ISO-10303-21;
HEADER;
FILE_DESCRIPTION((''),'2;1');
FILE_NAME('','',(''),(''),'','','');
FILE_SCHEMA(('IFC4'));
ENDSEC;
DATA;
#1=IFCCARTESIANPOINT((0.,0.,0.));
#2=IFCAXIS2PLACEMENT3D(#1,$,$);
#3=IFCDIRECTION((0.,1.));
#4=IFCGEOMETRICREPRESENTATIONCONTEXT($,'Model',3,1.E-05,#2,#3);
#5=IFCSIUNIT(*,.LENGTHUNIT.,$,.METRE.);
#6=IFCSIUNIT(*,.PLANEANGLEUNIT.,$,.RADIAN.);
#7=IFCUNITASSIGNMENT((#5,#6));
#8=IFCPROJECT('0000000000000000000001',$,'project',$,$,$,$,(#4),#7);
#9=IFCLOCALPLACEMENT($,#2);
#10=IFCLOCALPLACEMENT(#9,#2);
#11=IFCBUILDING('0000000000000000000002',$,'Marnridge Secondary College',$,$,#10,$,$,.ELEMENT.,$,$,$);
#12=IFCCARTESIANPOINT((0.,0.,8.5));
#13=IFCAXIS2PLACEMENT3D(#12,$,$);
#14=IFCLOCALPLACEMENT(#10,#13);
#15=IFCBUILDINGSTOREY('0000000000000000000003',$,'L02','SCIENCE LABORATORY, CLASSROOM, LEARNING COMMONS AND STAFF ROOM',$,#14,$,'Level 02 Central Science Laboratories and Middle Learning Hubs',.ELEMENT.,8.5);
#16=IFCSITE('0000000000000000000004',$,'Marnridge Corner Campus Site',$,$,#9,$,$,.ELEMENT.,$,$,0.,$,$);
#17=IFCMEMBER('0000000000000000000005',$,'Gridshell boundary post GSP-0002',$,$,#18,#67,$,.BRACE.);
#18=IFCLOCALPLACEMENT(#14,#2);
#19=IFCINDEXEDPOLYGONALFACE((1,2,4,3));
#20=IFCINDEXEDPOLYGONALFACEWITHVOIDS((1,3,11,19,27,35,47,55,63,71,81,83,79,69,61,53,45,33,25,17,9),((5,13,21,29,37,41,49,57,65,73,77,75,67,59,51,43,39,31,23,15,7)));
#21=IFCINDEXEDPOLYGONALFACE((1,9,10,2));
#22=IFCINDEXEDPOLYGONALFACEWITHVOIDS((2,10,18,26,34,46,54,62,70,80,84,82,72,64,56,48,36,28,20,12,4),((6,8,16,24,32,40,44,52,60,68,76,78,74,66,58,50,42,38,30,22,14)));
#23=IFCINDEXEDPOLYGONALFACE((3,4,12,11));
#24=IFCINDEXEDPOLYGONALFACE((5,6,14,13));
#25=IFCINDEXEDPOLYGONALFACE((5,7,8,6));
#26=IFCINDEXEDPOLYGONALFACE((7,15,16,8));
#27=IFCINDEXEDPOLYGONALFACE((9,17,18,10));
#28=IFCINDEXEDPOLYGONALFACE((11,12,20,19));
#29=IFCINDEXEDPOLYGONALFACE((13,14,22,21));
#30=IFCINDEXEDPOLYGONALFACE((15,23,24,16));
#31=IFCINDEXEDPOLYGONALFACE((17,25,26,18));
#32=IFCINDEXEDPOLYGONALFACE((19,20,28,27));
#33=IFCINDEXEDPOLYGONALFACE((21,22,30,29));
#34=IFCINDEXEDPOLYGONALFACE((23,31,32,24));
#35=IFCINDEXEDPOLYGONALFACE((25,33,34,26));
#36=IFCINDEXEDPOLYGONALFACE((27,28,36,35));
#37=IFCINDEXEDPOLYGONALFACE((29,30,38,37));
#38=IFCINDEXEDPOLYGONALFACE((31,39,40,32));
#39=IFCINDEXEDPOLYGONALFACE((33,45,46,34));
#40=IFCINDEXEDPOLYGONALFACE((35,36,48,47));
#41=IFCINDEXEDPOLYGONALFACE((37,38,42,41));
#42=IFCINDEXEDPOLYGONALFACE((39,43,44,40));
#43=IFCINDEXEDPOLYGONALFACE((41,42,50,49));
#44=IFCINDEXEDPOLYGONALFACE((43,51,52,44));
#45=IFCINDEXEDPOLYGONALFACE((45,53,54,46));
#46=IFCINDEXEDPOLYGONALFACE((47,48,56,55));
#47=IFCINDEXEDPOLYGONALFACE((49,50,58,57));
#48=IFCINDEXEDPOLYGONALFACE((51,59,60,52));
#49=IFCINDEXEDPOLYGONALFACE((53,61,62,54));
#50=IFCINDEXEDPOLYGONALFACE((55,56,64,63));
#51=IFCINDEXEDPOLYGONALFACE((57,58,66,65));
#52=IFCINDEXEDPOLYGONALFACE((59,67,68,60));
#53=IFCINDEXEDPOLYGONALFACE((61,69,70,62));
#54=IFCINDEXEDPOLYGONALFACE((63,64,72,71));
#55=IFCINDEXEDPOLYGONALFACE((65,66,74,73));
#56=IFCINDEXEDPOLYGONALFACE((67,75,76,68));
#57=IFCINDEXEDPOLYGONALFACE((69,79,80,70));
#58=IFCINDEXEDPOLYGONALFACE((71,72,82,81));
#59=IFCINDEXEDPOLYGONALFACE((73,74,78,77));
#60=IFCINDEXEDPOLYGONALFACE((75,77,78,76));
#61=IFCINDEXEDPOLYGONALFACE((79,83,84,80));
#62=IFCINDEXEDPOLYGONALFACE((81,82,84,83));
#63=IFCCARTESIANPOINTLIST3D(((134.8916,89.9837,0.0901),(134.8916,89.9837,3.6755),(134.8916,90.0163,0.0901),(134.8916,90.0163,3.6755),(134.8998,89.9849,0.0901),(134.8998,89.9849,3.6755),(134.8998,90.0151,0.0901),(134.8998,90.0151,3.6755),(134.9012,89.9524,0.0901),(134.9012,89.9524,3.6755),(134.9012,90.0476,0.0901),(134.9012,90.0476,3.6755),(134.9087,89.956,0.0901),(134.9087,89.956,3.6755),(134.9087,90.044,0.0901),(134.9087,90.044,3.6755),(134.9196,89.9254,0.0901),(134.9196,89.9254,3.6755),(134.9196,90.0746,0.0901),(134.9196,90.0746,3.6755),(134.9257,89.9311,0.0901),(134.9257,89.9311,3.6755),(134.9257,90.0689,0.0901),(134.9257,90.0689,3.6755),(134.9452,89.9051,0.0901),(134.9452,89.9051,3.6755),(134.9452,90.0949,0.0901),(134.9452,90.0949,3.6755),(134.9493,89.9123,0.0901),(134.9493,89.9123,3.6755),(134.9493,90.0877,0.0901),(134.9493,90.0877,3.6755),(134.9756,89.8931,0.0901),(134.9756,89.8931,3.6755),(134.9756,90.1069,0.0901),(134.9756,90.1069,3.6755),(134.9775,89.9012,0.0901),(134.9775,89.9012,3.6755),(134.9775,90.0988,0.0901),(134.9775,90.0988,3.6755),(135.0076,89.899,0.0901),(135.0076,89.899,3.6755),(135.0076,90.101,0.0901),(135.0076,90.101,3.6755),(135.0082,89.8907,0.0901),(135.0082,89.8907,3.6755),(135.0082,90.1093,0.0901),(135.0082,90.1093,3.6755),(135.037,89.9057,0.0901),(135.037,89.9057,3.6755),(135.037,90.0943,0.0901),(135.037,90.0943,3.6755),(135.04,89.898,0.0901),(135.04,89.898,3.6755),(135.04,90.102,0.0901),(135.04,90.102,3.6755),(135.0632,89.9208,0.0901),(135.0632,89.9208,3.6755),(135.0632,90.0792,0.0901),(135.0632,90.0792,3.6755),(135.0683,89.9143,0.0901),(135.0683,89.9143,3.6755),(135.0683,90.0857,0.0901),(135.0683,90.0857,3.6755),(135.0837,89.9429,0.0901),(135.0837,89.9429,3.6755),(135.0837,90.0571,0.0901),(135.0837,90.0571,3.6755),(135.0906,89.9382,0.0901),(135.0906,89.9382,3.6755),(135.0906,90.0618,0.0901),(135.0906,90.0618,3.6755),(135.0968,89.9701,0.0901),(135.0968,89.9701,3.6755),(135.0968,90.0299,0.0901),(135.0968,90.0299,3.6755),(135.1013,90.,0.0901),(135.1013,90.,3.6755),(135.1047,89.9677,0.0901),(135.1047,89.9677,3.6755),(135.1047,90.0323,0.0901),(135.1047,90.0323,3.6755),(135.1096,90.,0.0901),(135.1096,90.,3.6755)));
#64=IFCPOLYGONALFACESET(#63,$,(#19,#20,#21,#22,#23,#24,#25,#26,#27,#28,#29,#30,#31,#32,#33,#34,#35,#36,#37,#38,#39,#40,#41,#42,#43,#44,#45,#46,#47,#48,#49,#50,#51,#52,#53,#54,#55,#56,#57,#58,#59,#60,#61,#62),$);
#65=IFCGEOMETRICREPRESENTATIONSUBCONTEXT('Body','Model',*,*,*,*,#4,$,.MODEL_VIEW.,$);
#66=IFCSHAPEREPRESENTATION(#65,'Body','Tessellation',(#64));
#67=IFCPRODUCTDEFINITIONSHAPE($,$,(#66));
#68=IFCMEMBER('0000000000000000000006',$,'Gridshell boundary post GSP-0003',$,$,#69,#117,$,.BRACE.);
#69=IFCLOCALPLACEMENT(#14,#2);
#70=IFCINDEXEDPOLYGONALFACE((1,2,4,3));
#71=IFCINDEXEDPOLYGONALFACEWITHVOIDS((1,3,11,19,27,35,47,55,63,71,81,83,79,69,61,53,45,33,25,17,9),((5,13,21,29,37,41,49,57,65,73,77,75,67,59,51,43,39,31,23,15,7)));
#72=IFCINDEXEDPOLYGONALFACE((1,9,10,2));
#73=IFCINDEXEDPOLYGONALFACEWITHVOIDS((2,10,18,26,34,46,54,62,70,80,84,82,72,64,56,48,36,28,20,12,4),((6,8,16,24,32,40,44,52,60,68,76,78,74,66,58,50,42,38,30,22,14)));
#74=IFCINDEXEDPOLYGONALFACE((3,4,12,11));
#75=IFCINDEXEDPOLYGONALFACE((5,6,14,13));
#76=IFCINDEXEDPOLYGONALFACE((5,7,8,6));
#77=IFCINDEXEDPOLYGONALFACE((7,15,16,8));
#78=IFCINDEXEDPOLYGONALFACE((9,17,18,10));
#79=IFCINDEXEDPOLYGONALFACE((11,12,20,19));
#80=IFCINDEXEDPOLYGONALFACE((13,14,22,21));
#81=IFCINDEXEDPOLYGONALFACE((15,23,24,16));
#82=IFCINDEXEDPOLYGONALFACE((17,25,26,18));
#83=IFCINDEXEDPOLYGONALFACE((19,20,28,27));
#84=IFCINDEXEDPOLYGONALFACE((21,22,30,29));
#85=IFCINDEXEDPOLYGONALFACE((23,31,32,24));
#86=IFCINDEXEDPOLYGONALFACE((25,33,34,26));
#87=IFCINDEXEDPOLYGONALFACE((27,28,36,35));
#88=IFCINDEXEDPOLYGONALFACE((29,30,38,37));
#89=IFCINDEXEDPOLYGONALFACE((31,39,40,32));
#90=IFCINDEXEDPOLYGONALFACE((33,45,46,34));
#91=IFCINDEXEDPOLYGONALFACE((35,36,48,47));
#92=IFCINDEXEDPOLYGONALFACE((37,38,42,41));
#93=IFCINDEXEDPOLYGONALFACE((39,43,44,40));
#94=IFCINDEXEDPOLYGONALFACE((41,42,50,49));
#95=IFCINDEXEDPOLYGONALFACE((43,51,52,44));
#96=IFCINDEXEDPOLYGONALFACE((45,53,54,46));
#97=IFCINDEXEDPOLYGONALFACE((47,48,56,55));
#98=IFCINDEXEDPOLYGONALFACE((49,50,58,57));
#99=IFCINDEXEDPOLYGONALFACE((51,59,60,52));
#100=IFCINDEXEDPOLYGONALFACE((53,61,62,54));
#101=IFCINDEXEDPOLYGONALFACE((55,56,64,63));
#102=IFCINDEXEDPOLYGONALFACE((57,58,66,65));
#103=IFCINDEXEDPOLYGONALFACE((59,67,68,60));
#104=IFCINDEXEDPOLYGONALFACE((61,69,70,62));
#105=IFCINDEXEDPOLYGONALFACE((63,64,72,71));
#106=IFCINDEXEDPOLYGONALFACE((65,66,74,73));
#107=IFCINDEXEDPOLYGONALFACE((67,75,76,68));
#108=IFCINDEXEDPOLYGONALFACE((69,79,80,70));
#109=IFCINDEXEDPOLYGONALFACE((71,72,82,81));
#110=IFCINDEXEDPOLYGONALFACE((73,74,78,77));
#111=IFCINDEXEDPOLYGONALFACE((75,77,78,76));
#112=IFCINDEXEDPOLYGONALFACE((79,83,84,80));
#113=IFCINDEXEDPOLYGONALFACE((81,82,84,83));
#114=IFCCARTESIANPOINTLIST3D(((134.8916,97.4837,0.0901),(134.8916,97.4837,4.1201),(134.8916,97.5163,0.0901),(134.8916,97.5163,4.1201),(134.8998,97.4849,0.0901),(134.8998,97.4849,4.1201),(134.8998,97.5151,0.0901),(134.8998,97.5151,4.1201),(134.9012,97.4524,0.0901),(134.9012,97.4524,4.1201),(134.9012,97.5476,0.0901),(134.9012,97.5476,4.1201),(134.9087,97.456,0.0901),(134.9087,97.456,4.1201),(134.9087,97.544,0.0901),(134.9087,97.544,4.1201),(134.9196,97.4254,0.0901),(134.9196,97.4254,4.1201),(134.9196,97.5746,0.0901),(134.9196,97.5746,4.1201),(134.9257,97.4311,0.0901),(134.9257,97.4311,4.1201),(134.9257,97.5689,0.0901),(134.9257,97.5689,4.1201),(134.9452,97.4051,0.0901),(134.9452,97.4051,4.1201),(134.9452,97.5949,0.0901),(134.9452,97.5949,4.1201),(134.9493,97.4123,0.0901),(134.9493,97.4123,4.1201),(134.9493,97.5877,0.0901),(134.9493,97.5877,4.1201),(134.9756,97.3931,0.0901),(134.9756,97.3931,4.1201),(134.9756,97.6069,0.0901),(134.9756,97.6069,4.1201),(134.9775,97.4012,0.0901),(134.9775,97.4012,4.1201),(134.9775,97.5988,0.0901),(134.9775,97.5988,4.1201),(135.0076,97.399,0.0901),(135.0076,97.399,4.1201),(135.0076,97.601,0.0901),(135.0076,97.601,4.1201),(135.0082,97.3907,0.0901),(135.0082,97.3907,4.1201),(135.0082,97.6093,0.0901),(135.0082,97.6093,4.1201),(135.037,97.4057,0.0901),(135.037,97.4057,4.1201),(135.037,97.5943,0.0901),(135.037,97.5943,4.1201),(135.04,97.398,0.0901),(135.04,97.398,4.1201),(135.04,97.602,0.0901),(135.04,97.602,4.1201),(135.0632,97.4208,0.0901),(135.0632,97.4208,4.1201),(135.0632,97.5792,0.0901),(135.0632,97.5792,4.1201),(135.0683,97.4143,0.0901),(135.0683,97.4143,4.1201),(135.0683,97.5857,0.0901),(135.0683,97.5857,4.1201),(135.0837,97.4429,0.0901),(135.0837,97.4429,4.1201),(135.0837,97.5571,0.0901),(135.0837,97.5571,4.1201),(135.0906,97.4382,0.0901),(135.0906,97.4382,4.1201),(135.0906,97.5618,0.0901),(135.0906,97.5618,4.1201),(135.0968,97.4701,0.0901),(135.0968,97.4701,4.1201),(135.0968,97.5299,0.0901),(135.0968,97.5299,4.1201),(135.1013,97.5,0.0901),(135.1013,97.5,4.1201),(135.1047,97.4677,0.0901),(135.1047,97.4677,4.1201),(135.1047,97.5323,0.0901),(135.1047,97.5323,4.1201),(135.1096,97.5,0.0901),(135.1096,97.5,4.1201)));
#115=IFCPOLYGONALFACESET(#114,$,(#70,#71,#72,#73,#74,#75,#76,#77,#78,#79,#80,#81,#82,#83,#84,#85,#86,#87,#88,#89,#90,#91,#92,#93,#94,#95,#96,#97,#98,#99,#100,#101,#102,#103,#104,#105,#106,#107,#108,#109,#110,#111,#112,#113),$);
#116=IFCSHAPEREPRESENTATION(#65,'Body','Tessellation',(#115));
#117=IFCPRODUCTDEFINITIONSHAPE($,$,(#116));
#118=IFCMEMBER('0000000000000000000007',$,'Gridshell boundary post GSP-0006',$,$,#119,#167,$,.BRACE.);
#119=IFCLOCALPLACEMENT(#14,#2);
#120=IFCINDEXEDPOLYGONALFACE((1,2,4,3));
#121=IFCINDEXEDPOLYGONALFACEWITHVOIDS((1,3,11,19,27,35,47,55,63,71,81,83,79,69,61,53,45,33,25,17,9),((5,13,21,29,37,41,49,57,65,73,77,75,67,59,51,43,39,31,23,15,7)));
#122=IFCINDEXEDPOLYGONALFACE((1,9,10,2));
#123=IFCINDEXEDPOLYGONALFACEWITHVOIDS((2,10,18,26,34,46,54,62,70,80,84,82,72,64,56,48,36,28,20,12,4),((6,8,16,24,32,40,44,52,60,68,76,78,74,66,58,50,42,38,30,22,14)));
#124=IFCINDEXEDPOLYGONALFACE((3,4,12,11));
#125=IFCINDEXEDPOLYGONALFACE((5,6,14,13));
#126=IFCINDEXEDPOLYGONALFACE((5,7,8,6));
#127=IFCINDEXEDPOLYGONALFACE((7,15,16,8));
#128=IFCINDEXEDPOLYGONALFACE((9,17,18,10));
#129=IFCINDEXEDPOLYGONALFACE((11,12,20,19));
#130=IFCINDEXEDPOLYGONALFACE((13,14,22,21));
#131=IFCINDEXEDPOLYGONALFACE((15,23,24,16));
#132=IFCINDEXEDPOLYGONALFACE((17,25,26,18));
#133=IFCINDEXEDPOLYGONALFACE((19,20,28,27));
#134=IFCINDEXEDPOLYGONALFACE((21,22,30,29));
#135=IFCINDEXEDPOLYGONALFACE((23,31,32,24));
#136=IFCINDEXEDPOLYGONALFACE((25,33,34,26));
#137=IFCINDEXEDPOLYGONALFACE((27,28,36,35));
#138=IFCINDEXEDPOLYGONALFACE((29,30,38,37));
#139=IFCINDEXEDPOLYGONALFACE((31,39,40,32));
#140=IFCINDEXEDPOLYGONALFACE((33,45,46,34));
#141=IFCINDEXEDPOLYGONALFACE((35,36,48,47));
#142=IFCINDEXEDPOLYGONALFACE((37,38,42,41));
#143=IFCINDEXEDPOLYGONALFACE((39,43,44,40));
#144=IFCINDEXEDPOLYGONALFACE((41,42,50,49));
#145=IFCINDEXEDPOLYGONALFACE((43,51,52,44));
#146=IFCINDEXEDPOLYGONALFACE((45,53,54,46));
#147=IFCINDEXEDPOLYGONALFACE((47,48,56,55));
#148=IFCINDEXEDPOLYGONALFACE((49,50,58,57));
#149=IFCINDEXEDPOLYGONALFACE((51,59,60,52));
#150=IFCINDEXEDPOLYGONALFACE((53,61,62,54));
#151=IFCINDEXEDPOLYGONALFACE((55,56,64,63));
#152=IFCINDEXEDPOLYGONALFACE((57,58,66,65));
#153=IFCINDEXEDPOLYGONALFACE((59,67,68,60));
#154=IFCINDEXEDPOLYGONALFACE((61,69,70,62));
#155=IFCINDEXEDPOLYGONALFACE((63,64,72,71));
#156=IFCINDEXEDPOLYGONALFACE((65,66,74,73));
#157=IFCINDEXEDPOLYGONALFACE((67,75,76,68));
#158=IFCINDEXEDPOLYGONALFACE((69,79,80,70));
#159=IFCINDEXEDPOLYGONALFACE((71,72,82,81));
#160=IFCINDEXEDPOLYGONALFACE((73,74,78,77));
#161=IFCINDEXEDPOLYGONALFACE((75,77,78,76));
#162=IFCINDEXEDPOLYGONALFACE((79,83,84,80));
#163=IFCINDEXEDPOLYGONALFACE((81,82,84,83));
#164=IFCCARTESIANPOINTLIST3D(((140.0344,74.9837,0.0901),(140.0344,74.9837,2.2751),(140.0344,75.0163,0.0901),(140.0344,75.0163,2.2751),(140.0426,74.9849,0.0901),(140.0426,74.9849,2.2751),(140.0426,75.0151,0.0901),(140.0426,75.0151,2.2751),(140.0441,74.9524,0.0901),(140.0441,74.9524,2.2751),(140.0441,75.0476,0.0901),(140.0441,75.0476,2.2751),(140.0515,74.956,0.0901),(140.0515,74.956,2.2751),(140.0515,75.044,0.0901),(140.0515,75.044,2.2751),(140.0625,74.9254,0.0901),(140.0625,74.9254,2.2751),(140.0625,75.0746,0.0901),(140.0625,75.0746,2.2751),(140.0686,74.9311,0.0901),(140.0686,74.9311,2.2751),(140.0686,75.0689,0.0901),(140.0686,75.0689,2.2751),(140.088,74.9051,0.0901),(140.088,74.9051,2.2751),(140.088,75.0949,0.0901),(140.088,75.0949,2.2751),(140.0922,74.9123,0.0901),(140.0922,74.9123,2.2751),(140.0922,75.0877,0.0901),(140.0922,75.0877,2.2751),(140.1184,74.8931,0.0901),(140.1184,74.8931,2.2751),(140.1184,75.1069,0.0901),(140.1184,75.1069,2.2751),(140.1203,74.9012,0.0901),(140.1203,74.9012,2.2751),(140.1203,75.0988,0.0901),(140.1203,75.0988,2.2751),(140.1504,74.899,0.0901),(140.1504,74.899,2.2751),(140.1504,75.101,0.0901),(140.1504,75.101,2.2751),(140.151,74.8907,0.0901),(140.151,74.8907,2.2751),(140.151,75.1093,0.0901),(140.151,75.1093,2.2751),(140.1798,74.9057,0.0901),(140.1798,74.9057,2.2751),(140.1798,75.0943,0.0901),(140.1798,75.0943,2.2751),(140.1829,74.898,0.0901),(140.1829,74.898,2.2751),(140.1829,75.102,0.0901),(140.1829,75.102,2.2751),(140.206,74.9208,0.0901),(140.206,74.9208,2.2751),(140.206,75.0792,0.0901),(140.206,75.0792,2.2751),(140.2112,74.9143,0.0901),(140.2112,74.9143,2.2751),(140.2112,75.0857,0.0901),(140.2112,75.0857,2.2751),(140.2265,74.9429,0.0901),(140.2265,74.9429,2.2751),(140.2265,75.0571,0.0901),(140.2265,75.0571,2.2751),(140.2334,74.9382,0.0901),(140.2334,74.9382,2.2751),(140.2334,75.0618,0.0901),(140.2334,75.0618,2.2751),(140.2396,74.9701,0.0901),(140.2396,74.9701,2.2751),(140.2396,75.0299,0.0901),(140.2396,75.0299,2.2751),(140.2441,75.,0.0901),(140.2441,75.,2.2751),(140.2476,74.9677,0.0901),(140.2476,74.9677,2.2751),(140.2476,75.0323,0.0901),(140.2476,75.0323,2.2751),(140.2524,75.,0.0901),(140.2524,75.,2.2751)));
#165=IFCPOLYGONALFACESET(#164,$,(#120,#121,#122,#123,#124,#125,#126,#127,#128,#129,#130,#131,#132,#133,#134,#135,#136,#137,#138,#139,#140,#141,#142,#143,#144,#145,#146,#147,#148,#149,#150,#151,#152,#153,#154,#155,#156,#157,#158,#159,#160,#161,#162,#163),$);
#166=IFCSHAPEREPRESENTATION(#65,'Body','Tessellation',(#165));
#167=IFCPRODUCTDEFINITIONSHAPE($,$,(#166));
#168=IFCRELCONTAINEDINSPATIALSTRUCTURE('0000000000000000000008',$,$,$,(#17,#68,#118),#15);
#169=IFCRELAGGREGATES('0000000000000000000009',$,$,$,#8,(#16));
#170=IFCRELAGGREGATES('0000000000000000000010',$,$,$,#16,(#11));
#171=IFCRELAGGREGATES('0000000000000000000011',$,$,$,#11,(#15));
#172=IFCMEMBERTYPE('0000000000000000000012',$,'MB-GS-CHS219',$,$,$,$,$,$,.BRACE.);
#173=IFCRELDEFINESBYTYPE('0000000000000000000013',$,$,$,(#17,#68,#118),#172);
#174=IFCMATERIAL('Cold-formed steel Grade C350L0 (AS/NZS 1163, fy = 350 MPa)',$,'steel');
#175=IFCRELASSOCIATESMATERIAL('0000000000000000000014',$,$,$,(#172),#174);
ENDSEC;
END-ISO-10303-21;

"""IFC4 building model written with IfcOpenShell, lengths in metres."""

from ifc_helpers import new_model, si_unit, direction, frame, origin, origin_2d, place, context, subcontext, project, spatial, hollow_circle, extrude, material, material_profile, profile_set, type_object, element, save


model = new_model("IFC4")

# Units and contexts
model_context = context("Model", 3, precision=1e-05, world=origin(), true_north=direction((0.0, 1.0)))
body_context = subcontext(model_context, "Body", "Model", "MODEL_VIEW")
ifc_project = project(units=[si_unit("LENGTHUNIT", "METRE"), si_unit("PLANEANGLEUNIT", "RADIAN")], contexts=[model_context])

# Site, building, storey
site_placement = place(None, origin())
site = spatial("IfcSite", under=ifc_project, at=site_placement, Name="Marnridge Corner Campus Site", CompositionType="ELEMENT", RefElevation=0.0)
building_placement = place(site_placement, origin())
building = spatial("IfcBuilding", under=site, at=building_placement, Name="Marnridge Secondary College", CompositionType="ELEMENT")
storey_placement = place(building_placement, frame((0.0, 0.0, 8.5)))
storey = spatial("IfcBuildingStorey", under=building, at=storey_placement, Name="L02", Description="SCIENCE LABORATORY, CLASSROOM, LEARNING COMMONS AND STAFF ROOM", LongName="Level 02 Central Science Laboratories and Middle Learning Hubs", CompositionType="ELEMENT", Elevation=8.5)

# Members
ifc_material_1 = material(Name="Cold-formed steel Grade C350L0 (AS/NZS 1163, fy = 350 MPa)", Category="steel")
ifc_material_profile_1 = material_profile(ifc_material_1, hollow_circle(Radius=0.1096, WallThickness=0.0083, at=origin_2d()), Name="219.1x8.2CHS")
ifc_profile_set_1 = profile_set([ifc_material_profile_1], Name="Cold-formed steel Grade C350L0 (AS/NZS 1163, fy = 350 MPa)")
member_type_1 = type_object("IfcMemberType", Name="MB-GS-CHS219", PredefinedType="BRACE", material=ifc_profile_set_1)
member_1_placement = place(storey_placement, frame((135.0, 90.0, 0.0901), z_axis=(0.0, 0.0, 1.0), x_axis=(1.0, 0.0, 0.0)))
element("IfcMember", 1, at=member_1_placement, inside=storey, type_object=member_type_1, Name="Gridshell boundary post GSP-0002", PredefinedType="BRACE", context=body_context, shape_type="SweptSolid", body=[
    extrude(hollow_circle(Radius=0.1096, WallThickness=0.0083, at=origin_2d()), origin(), (0.0, 0.0, 1.0), 3.5854),
])
member_2_placement = place(storey_placement, frame((135.0, 97.5, 0.0901), z_axis=(0.0, 0.0, 1.0), x_axis=(1.0, 0.0, 0.0)))
element("IfcMember", 2, at=member_2_placement, inside=storey, type_object=member_type_1, Name="Gridshell boundary post GSP-0003", PredefinedType="BRACE", context=body_context, shape_type="SweptSolid", body=[
    extrude(hollow_circle(Radius=0.1096, WallThickness=0.0083, at=origin_2d()), origin(), (0.0, 0.0, 1.0), 4.03),
])
member_3_placement = place(storey_placement, frame((140.1428, 75.0, 0.0901), z_axis=(0.0, 0.0, 1.0), x_axis=(1.0, 0.0, 0.0)))
element("IfcMember", 3, at=member_3_placement, inside=storey, type_object=member_type_1, Name="Gridshell boundary post GSP-0006", PredefinedType="BRACE", context=body_context, shape_type="SweptSolid", body=[
    extrude(hollow_circle(Radius=0.1096, WallThickness=0.0083, at=origin_2d()), origin(), (0.0, 0.0, 1.0), 2.1851),
])

save(model, "model.ifc")
